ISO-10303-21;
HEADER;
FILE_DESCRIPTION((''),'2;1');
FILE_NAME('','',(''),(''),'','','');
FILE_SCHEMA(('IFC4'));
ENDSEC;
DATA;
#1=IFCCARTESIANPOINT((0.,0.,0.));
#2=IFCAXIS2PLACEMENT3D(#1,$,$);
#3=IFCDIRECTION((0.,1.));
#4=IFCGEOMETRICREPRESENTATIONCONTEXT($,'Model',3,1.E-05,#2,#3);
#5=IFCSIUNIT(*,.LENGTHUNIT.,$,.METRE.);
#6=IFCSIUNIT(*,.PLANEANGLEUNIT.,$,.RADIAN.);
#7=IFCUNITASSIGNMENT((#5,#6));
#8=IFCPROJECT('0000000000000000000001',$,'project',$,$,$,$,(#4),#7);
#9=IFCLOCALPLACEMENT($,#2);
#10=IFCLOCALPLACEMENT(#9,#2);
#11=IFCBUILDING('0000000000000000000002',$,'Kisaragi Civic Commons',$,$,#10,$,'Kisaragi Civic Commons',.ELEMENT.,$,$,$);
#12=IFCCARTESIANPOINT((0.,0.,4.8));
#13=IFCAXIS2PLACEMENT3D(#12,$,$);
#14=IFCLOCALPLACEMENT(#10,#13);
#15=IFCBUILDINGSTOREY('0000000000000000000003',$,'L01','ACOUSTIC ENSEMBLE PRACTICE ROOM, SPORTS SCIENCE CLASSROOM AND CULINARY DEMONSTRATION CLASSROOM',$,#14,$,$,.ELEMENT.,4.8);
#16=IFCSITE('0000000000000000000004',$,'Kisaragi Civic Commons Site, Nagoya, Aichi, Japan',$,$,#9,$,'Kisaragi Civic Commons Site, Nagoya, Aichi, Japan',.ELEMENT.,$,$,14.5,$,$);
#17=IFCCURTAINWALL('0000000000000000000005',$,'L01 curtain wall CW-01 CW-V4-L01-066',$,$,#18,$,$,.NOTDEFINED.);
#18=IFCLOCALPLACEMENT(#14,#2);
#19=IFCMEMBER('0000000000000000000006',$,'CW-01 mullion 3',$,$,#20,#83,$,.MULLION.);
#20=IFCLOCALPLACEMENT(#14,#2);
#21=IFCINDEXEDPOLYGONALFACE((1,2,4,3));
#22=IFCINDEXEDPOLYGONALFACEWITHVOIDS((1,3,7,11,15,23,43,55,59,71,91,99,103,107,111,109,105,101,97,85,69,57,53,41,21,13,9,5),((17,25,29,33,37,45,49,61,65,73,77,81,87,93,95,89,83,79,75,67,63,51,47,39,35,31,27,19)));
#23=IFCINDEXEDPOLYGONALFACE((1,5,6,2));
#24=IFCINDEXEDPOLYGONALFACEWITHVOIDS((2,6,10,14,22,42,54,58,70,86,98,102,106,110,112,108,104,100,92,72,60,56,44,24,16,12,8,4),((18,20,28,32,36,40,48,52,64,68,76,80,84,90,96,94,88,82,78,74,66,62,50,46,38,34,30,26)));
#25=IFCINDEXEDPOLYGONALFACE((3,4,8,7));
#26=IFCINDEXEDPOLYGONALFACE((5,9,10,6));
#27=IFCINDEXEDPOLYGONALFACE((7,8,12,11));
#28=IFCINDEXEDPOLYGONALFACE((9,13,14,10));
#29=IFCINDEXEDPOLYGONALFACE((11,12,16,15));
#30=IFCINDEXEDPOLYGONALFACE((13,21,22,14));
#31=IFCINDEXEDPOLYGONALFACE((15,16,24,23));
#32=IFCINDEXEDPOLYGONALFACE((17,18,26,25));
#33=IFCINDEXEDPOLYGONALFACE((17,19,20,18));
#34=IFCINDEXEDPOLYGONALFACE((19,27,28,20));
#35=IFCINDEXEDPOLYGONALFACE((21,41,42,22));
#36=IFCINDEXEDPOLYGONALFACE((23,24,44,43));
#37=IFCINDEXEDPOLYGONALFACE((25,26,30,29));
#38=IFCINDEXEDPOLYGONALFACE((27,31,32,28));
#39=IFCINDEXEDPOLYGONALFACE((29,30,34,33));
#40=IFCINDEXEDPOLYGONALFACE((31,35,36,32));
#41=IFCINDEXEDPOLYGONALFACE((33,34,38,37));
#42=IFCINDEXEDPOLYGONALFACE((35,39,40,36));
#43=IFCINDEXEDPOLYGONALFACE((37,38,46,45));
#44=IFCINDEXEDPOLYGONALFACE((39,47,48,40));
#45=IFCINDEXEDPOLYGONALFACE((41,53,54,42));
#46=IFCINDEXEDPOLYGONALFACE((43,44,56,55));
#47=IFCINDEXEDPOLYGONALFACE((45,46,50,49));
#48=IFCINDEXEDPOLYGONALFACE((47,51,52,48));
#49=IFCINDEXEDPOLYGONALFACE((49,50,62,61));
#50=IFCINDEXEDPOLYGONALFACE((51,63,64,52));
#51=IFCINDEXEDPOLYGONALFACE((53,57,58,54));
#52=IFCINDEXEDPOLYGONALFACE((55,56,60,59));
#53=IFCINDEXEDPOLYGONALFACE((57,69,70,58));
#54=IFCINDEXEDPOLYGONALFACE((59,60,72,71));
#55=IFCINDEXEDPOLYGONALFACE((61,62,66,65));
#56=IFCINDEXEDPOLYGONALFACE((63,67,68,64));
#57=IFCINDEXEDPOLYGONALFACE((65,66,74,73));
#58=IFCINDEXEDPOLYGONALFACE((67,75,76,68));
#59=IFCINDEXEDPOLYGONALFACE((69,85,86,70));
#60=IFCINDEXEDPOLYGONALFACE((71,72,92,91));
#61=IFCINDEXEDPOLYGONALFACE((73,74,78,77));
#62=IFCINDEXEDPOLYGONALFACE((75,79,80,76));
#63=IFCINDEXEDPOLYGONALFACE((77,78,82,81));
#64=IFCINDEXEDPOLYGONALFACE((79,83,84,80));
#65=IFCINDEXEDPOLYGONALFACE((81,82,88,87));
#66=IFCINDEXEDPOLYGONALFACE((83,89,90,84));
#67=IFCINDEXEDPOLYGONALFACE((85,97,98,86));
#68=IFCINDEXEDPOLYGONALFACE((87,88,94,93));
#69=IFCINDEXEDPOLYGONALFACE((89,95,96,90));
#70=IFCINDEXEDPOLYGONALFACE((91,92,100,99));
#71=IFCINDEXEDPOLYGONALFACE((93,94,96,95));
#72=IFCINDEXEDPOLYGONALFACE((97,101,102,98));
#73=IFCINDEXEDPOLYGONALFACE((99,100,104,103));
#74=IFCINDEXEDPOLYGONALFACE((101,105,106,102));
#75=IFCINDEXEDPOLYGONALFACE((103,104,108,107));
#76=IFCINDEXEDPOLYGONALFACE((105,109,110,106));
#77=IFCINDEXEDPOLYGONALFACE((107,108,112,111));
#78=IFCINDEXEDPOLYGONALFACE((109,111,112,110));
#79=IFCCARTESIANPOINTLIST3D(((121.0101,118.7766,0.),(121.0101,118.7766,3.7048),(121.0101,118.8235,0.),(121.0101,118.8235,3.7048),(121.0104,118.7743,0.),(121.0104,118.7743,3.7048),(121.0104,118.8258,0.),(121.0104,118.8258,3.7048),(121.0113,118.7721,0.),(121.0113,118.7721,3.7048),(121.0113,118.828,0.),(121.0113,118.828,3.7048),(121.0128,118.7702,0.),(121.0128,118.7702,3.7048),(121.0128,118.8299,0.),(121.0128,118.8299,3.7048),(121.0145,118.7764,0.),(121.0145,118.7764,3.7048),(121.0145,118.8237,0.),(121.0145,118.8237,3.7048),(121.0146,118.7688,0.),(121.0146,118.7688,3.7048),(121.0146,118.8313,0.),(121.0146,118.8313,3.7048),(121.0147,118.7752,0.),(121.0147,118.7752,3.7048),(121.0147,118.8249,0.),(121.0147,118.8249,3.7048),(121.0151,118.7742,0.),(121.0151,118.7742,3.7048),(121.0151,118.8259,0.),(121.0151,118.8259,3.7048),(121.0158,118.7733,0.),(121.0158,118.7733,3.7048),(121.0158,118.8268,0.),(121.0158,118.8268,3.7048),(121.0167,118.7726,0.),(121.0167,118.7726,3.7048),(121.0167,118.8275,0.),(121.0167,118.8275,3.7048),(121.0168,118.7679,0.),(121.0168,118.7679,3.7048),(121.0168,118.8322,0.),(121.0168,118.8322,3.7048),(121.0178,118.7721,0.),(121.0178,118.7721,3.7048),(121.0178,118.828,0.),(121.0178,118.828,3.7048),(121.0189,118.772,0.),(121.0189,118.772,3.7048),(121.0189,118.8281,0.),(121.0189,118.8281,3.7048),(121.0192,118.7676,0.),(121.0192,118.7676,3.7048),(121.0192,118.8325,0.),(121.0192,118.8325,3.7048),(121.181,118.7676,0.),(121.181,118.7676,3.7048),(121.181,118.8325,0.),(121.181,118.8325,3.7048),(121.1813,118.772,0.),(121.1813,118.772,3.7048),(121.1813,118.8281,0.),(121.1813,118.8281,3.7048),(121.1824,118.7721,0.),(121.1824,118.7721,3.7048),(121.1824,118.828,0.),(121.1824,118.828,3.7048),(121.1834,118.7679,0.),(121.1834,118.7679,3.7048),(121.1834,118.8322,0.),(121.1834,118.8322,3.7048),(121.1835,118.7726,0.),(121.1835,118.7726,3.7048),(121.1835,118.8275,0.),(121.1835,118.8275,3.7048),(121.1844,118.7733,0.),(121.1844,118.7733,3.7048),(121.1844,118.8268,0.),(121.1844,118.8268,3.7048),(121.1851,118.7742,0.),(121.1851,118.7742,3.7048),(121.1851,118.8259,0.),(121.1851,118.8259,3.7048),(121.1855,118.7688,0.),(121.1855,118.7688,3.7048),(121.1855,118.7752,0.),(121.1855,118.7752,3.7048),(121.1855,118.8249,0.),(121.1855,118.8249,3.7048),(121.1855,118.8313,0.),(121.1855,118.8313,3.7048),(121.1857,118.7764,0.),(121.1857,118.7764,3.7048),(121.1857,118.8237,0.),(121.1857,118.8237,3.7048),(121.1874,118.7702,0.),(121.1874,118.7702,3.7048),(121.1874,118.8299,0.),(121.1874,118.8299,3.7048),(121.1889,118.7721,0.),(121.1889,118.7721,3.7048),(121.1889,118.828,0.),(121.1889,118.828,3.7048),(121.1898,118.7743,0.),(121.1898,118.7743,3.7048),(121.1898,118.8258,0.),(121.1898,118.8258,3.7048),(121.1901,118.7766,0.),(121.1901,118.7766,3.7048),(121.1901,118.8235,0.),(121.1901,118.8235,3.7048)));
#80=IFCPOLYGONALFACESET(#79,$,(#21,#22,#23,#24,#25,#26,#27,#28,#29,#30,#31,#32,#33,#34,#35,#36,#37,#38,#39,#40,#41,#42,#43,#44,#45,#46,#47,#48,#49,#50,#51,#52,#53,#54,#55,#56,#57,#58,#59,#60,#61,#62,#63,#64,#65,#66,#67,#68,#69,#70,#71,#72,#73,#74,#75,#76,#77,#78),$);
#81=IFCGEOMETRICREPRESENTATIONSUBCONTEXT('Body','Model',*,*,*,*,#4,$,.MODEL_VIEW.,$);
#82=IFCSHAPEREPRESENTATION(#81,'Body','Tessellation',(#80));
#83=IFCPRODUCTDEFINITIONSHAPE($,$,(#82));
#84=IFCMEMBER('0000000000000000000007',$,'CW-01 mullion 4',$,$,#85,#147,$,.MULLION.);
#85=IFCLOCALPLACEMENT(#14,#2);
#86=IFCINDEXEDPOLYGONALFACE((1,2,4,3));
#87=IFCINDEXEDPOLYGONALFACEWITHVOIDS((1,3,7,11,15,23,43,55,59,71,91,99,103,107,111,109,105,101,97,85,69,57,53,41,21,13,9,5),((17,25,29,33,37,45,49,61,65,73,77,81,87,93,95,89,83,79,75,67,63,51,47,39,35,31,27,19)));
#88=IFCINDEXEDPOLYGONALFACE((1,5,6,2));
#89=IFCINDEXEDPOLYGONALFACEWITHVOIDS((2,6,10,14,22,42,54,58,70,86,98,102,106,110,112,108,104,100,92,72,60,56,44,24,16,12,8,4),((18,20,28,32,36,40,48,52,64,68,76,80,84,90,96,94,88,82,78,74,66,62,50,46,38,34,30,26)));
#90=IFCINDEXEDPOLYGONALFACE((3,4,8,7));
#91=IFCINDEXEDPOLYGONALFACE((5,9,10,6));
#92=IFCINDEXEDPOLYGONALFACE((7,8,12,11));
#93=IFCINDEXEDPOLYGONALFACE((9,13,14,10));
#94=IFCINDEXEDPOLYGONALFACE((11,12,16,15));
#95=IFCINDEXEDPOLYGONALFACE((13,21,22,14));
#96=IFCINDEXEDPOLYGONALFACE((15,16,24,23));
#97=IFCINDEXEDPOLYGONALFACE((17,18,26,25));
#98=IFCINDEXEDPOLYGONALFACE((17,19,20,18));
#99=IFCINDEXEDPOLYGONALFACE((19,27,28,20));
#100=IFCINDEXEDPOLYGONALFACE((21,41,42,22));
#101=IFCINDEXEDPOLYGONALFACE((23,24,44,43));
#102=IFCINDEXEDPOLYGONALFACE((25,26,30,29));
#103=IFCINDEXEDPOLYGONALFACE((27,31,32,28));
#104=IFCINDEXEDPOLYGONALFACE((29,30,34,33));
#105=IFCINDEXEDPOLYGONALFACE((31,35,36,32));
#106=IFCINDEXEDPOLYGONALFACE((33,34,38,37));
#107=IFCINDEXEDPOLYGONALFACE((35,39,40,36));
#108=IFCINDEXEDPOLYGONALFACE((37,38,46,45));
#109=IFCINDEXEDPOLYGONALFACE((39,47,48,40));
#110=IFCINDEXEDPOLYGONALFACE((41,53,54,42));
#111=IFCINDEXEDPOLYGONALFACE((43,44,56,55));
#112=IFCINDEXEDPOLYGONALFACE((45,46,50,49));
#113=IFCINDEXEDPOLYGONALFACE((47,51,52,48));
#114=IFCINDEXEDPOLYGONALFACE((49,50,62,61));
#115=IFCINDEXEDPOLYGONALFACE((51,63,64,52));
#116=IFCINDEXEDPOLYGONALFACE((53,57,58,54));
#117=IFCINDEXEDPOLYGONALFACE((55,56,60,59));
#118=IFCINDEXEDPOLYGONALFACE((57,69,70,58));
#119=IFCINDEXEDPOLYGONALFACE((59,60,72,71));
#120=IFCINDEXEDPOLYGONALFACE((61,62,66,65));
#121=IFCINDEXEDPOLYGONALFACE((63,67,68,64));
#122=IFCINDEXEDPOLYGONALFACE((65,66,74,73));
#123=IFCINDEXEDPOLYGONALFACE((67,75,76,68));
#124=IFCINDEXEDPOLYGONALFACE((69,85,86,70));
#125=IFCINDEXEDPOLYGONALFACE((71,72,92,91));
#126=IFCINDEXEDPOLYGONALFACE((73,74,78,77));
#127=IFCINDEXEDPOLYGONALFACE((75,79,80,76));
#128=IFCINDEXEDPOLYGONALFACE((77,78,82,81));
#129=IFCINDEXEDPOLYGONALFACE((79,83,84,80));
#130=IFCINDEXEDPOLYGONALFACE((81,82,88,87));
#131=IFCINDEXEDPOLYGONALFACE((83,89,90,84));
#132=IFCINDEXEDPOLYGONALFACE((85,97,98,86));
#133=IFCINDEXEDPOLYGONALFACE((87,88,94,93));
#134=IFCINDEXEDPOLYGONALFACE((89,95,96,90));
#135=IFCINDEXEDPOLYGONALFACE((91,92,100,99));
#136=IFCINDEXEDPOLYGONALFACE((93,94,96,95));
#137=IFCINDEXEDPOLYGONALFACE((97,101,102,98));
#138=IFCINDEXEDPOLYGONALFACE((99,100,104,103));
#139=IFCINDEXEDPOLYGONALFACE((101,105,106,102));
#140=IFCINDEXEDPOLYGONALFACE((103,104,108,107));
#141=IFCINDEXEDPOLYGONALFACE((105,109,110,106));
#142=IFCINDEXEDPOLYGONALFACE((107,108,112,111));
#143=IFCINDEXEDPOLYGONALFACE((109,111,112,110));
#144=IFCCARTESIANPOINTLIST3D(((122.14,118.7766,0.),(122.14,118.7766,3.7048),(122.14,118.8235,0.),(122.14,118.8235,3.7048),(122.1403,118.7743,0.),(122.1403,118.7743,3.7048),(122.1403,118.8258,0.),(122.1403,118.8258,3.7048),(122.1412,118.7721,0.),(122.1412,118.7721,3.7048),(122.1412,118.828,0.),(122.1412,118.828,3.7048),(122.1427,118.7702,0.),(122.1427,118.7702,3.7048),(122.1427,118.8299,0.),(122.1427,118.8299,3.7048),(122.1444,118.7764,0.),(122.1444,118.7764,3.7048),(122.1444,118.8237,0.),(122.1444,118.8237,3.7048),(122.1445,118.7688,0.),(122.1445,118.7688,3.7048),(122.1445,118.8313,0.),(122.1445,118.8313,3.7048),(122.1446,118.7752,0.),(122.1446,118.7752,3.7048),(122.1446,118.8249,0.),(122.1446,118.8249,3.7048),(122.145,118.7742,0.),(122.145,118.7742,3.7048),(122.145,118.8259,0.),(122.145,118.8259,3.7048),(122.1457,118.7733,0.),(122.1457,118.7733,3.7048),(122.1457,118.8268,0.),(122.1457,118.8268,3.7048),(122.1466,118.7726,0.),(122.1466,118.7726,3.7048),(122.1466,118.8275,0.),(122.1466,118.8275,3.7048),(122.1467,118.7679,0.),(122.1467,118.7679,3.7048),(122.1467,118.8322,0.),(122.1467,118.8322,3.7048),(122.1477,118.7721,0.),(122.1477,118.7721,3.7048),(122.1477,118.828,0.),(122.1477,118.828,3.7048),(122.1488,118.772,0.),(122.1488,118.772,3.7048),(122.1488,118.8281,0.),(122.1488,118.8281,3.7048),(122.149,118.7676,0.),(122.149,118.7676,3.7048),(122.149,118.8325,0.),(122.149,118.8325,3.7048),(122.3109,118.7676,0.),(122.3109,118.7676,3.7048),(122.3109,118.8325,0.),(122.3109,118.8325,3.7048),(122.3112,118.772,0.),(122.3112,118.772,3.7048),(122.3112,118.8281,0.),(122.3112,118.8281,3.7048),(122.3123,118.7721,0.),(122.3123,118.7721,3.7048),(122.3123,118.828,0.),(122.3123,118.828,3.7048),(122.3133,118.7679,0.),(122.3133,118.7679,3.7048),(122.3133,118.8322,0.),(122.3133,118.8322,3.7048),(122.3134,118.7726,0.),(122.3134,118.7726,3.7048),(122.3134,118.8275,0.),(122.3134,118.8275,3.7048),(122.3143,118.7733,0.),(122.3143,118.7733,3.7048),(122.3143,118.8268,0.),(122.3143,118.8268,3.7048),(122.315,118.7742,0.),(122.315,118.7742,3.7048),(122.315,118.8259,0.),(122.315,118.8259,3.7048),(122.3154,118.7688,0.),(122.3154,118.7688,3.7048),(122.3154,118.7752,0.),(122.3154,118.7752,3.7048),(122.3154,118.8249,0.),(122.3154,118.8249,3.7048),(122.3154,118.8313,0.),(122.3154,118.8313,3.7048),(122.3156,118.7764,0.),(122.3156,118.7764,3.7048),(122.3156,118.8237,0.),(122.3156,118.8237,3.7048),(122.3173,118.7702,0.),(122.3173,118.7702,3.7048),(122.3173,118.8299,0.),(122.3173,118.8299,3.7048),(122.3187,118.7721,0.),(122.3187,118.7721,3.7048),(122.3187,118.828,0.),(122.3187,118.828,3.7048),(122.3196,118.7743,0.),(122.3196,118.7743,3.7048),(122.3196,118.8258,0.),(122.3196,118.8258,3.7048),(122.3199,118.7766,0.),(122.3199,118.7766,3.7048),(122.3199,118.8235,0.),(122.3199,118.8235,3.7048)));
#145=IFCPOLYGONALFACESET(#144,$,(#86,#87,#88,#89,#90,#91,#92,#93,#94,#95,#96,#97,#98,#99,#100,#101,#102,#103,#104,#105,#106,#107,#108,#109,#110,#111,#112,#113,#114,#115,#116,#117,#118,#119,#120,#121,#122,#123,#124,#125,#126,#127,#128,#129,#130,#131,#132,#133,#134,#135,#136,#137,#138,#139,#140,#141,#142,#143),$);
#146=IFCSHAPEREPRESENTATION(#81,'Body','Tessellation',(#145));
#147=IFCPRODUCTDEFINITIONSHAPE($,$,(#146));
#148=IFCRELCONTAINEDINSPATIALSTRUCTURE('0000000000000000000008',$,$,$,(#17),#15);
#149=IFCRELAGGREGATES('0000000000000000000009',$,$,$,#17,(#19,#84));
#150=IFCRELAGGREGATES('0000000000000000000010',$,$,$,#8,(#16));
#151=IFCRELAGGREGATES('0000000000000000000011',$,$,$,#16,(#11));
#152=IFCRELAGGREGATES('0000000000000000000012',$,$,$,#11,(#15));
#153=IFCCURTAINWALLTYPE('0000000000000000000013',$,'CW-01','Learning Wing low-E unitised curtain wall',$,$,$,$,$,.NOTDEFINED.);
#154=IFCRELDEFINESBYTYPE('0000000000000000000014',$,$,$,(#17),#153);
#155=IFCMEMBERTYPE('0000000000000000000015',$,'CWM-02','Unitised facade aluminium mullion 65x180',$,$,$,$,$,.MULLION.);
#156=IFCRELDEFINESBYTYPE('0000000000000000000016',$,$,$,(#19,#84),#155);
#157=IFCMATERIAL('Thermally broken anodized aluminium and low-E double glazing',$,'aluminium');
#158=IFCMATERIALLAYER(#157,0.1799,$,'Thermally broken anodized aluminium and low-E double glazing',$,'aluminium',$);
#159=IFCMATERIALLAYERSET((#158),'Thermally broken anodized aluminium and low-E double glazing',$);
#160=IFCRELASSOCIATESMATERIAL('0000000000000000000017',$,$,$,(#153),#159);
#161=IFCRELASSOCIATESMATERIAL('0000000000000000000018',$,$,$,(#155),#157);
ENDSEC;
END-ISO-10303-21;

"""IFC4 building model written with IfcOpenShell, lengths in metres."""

from ifc_helpers import new_model, si_unit, direction, frame, origin, origin_2d, place, context, subcontext, project, spatial, hollow_rectangle, extrude, material, layer, layer_set, material_profile, profile_set, type_object, element, aggregate, save


model = new_model("IFC4")

# Units and contexts
model_context = context("Model", 3, precision=1e-05, world=origin(), true_north=direction((0.0, 1.0)))
body_context = subcontext(model_context, "Body", "Model", "MODEL_VIEW")
ifc_project = project(units=[si_unit("LENGTHUNIT", "METRE"), si_unit("PLANEANGLEUNIT", "RADIAN")], contexts=[model_context])

# Site, building, storey
site_placement = place(None, origin())
site = spatial("IfcSite", under=ifc_project, at=site_placement, Name="Kisaragi Civic Commons Site, Nagoya, Aichi, Japan", LongName="Kisaragi Civic Commons Site, Nagoya, Aichi, Japan", CompositionType="ELEMENT", RefElevation=14.5)
building_placement = place(site_placement, origin())
building = spatial("IfcBuilding", under=site, at=building_placement, Name="Kisaragi Civic Commons", LongName="Kisaragi Civic Commons", CompositionType="ELEMENT")
storey_placement = place(building_placement, frame((0.0, 0.0, 4.8)))
storey = spatial("IfcBuildingStorey", under=building, at=storey_placement, Name="L01", Description="ACOUSTIC ENSEMBLE PRACTICE ROOM, SPORTS SCIENCE CLASSROOM AND CULINARY DEMONSTRATION CLASSROOM", CompositionType="ELEMENT", Elevation=4.8)

# Curtain wall, members
ifc_material = material(Name="Thermally broken anodized aluminium and low-E double glazing", Category="aluminium")
ifc_layer_1 = layer(ifc_material, 0.1799, Name="Thermally broken anodized aluminium and low-E double glazing", Category="aluminium")
ifc_layer_set_1 = layer_set([ifc_layer_1], Name="Thermally broken anodized aluminium and low-E double glazing")
curtain_wall_type = type_object("IfcCurtainWallType", Name="CW-01", Description="Learning Wing low-E unitised curtain wall", PredefinedType="NOTDEFINED", material=ifc_layer_set_1)
curtain_wall_placement = place(storey_placement, origin())
curtain_wall = element("IfcCurtainWall", 1, at=curtain_wall_placement, inside=storey, type_object=curtain_wall_type, Name="L01 curtain wall CW-01 CW-V4-L01-066", PredefinedType="NOTDEFINED")
ifc_material_profile_1 = material_profile(ifc_material, hollow_rectangle(XDim=0.0649, YDim=0.1799, WallThickness=0.0044, InnerFilletRadius=0.0044, OuterFilletRadius=0.009, at=origin_2d()), Name="CWM-65x180x4.5", Category="aluminium")
ifc_profile_set_1 = profile_set([ifc_material_profile_1], Name="Thermally broken anodized aluminium and low-E double glazing")
member_type_1 = type_object("IfcMemberType", Name="CWM-02", Description="Unitised facade aluminium mullion 65x180", PredefinedType="MULLION", material=ifc_profile_set_1)
member_1_placement = place(storey_placement, frame((121.1001, 118.8, 0.0), z_axis=(0.0, 0.0, 1.0), x_axis=(0.0, 1.0, 0.0)))
member_1 = element("IfcMember", 2, at=member_1_placement, type_object=member_type_1, Name="CW-01 mullion 3", PredefinedType="MULLION", context=body_context, shape_type="SweptSolid", body=[
    extrude(hollow_rectangle(XDim=0.0649, YDim=0.1799, WallThickness=0.0044, InnerFilletRadius=0.0044, OuterFilletRadius=0.009, at=origin_2d()), origin(), (0.0, 0.0, 1.0), 3.7048),
])
member_2_placement = place(storey_placement, frame((122.23, 118.8, 0.0), z_axis=(0.0, 0.0, 1.0), x_axis=(0.0, 1.0, 0.0)))
member_2 = element("IfcMember", 3, at=member_2_placement, type_object=member_type_1, Name="CW-01 mullion 4", PredefinedType="MULLION", context=body_context, shape_type="SweptSolid", body=[
    extrude(hollow_rectangle(XDim=0.0649, YDim=0.1799, WallThickness=0.0044, InnerFilletRadius=0.0044, OuterFilletRadius=0.009, at=origin_2d()), origin(), (0.0, 0.0, 1.0), 3.7048),
])
aggregate(curtain_wall, [member_1, member_2])

save(model, "model.ifc")
